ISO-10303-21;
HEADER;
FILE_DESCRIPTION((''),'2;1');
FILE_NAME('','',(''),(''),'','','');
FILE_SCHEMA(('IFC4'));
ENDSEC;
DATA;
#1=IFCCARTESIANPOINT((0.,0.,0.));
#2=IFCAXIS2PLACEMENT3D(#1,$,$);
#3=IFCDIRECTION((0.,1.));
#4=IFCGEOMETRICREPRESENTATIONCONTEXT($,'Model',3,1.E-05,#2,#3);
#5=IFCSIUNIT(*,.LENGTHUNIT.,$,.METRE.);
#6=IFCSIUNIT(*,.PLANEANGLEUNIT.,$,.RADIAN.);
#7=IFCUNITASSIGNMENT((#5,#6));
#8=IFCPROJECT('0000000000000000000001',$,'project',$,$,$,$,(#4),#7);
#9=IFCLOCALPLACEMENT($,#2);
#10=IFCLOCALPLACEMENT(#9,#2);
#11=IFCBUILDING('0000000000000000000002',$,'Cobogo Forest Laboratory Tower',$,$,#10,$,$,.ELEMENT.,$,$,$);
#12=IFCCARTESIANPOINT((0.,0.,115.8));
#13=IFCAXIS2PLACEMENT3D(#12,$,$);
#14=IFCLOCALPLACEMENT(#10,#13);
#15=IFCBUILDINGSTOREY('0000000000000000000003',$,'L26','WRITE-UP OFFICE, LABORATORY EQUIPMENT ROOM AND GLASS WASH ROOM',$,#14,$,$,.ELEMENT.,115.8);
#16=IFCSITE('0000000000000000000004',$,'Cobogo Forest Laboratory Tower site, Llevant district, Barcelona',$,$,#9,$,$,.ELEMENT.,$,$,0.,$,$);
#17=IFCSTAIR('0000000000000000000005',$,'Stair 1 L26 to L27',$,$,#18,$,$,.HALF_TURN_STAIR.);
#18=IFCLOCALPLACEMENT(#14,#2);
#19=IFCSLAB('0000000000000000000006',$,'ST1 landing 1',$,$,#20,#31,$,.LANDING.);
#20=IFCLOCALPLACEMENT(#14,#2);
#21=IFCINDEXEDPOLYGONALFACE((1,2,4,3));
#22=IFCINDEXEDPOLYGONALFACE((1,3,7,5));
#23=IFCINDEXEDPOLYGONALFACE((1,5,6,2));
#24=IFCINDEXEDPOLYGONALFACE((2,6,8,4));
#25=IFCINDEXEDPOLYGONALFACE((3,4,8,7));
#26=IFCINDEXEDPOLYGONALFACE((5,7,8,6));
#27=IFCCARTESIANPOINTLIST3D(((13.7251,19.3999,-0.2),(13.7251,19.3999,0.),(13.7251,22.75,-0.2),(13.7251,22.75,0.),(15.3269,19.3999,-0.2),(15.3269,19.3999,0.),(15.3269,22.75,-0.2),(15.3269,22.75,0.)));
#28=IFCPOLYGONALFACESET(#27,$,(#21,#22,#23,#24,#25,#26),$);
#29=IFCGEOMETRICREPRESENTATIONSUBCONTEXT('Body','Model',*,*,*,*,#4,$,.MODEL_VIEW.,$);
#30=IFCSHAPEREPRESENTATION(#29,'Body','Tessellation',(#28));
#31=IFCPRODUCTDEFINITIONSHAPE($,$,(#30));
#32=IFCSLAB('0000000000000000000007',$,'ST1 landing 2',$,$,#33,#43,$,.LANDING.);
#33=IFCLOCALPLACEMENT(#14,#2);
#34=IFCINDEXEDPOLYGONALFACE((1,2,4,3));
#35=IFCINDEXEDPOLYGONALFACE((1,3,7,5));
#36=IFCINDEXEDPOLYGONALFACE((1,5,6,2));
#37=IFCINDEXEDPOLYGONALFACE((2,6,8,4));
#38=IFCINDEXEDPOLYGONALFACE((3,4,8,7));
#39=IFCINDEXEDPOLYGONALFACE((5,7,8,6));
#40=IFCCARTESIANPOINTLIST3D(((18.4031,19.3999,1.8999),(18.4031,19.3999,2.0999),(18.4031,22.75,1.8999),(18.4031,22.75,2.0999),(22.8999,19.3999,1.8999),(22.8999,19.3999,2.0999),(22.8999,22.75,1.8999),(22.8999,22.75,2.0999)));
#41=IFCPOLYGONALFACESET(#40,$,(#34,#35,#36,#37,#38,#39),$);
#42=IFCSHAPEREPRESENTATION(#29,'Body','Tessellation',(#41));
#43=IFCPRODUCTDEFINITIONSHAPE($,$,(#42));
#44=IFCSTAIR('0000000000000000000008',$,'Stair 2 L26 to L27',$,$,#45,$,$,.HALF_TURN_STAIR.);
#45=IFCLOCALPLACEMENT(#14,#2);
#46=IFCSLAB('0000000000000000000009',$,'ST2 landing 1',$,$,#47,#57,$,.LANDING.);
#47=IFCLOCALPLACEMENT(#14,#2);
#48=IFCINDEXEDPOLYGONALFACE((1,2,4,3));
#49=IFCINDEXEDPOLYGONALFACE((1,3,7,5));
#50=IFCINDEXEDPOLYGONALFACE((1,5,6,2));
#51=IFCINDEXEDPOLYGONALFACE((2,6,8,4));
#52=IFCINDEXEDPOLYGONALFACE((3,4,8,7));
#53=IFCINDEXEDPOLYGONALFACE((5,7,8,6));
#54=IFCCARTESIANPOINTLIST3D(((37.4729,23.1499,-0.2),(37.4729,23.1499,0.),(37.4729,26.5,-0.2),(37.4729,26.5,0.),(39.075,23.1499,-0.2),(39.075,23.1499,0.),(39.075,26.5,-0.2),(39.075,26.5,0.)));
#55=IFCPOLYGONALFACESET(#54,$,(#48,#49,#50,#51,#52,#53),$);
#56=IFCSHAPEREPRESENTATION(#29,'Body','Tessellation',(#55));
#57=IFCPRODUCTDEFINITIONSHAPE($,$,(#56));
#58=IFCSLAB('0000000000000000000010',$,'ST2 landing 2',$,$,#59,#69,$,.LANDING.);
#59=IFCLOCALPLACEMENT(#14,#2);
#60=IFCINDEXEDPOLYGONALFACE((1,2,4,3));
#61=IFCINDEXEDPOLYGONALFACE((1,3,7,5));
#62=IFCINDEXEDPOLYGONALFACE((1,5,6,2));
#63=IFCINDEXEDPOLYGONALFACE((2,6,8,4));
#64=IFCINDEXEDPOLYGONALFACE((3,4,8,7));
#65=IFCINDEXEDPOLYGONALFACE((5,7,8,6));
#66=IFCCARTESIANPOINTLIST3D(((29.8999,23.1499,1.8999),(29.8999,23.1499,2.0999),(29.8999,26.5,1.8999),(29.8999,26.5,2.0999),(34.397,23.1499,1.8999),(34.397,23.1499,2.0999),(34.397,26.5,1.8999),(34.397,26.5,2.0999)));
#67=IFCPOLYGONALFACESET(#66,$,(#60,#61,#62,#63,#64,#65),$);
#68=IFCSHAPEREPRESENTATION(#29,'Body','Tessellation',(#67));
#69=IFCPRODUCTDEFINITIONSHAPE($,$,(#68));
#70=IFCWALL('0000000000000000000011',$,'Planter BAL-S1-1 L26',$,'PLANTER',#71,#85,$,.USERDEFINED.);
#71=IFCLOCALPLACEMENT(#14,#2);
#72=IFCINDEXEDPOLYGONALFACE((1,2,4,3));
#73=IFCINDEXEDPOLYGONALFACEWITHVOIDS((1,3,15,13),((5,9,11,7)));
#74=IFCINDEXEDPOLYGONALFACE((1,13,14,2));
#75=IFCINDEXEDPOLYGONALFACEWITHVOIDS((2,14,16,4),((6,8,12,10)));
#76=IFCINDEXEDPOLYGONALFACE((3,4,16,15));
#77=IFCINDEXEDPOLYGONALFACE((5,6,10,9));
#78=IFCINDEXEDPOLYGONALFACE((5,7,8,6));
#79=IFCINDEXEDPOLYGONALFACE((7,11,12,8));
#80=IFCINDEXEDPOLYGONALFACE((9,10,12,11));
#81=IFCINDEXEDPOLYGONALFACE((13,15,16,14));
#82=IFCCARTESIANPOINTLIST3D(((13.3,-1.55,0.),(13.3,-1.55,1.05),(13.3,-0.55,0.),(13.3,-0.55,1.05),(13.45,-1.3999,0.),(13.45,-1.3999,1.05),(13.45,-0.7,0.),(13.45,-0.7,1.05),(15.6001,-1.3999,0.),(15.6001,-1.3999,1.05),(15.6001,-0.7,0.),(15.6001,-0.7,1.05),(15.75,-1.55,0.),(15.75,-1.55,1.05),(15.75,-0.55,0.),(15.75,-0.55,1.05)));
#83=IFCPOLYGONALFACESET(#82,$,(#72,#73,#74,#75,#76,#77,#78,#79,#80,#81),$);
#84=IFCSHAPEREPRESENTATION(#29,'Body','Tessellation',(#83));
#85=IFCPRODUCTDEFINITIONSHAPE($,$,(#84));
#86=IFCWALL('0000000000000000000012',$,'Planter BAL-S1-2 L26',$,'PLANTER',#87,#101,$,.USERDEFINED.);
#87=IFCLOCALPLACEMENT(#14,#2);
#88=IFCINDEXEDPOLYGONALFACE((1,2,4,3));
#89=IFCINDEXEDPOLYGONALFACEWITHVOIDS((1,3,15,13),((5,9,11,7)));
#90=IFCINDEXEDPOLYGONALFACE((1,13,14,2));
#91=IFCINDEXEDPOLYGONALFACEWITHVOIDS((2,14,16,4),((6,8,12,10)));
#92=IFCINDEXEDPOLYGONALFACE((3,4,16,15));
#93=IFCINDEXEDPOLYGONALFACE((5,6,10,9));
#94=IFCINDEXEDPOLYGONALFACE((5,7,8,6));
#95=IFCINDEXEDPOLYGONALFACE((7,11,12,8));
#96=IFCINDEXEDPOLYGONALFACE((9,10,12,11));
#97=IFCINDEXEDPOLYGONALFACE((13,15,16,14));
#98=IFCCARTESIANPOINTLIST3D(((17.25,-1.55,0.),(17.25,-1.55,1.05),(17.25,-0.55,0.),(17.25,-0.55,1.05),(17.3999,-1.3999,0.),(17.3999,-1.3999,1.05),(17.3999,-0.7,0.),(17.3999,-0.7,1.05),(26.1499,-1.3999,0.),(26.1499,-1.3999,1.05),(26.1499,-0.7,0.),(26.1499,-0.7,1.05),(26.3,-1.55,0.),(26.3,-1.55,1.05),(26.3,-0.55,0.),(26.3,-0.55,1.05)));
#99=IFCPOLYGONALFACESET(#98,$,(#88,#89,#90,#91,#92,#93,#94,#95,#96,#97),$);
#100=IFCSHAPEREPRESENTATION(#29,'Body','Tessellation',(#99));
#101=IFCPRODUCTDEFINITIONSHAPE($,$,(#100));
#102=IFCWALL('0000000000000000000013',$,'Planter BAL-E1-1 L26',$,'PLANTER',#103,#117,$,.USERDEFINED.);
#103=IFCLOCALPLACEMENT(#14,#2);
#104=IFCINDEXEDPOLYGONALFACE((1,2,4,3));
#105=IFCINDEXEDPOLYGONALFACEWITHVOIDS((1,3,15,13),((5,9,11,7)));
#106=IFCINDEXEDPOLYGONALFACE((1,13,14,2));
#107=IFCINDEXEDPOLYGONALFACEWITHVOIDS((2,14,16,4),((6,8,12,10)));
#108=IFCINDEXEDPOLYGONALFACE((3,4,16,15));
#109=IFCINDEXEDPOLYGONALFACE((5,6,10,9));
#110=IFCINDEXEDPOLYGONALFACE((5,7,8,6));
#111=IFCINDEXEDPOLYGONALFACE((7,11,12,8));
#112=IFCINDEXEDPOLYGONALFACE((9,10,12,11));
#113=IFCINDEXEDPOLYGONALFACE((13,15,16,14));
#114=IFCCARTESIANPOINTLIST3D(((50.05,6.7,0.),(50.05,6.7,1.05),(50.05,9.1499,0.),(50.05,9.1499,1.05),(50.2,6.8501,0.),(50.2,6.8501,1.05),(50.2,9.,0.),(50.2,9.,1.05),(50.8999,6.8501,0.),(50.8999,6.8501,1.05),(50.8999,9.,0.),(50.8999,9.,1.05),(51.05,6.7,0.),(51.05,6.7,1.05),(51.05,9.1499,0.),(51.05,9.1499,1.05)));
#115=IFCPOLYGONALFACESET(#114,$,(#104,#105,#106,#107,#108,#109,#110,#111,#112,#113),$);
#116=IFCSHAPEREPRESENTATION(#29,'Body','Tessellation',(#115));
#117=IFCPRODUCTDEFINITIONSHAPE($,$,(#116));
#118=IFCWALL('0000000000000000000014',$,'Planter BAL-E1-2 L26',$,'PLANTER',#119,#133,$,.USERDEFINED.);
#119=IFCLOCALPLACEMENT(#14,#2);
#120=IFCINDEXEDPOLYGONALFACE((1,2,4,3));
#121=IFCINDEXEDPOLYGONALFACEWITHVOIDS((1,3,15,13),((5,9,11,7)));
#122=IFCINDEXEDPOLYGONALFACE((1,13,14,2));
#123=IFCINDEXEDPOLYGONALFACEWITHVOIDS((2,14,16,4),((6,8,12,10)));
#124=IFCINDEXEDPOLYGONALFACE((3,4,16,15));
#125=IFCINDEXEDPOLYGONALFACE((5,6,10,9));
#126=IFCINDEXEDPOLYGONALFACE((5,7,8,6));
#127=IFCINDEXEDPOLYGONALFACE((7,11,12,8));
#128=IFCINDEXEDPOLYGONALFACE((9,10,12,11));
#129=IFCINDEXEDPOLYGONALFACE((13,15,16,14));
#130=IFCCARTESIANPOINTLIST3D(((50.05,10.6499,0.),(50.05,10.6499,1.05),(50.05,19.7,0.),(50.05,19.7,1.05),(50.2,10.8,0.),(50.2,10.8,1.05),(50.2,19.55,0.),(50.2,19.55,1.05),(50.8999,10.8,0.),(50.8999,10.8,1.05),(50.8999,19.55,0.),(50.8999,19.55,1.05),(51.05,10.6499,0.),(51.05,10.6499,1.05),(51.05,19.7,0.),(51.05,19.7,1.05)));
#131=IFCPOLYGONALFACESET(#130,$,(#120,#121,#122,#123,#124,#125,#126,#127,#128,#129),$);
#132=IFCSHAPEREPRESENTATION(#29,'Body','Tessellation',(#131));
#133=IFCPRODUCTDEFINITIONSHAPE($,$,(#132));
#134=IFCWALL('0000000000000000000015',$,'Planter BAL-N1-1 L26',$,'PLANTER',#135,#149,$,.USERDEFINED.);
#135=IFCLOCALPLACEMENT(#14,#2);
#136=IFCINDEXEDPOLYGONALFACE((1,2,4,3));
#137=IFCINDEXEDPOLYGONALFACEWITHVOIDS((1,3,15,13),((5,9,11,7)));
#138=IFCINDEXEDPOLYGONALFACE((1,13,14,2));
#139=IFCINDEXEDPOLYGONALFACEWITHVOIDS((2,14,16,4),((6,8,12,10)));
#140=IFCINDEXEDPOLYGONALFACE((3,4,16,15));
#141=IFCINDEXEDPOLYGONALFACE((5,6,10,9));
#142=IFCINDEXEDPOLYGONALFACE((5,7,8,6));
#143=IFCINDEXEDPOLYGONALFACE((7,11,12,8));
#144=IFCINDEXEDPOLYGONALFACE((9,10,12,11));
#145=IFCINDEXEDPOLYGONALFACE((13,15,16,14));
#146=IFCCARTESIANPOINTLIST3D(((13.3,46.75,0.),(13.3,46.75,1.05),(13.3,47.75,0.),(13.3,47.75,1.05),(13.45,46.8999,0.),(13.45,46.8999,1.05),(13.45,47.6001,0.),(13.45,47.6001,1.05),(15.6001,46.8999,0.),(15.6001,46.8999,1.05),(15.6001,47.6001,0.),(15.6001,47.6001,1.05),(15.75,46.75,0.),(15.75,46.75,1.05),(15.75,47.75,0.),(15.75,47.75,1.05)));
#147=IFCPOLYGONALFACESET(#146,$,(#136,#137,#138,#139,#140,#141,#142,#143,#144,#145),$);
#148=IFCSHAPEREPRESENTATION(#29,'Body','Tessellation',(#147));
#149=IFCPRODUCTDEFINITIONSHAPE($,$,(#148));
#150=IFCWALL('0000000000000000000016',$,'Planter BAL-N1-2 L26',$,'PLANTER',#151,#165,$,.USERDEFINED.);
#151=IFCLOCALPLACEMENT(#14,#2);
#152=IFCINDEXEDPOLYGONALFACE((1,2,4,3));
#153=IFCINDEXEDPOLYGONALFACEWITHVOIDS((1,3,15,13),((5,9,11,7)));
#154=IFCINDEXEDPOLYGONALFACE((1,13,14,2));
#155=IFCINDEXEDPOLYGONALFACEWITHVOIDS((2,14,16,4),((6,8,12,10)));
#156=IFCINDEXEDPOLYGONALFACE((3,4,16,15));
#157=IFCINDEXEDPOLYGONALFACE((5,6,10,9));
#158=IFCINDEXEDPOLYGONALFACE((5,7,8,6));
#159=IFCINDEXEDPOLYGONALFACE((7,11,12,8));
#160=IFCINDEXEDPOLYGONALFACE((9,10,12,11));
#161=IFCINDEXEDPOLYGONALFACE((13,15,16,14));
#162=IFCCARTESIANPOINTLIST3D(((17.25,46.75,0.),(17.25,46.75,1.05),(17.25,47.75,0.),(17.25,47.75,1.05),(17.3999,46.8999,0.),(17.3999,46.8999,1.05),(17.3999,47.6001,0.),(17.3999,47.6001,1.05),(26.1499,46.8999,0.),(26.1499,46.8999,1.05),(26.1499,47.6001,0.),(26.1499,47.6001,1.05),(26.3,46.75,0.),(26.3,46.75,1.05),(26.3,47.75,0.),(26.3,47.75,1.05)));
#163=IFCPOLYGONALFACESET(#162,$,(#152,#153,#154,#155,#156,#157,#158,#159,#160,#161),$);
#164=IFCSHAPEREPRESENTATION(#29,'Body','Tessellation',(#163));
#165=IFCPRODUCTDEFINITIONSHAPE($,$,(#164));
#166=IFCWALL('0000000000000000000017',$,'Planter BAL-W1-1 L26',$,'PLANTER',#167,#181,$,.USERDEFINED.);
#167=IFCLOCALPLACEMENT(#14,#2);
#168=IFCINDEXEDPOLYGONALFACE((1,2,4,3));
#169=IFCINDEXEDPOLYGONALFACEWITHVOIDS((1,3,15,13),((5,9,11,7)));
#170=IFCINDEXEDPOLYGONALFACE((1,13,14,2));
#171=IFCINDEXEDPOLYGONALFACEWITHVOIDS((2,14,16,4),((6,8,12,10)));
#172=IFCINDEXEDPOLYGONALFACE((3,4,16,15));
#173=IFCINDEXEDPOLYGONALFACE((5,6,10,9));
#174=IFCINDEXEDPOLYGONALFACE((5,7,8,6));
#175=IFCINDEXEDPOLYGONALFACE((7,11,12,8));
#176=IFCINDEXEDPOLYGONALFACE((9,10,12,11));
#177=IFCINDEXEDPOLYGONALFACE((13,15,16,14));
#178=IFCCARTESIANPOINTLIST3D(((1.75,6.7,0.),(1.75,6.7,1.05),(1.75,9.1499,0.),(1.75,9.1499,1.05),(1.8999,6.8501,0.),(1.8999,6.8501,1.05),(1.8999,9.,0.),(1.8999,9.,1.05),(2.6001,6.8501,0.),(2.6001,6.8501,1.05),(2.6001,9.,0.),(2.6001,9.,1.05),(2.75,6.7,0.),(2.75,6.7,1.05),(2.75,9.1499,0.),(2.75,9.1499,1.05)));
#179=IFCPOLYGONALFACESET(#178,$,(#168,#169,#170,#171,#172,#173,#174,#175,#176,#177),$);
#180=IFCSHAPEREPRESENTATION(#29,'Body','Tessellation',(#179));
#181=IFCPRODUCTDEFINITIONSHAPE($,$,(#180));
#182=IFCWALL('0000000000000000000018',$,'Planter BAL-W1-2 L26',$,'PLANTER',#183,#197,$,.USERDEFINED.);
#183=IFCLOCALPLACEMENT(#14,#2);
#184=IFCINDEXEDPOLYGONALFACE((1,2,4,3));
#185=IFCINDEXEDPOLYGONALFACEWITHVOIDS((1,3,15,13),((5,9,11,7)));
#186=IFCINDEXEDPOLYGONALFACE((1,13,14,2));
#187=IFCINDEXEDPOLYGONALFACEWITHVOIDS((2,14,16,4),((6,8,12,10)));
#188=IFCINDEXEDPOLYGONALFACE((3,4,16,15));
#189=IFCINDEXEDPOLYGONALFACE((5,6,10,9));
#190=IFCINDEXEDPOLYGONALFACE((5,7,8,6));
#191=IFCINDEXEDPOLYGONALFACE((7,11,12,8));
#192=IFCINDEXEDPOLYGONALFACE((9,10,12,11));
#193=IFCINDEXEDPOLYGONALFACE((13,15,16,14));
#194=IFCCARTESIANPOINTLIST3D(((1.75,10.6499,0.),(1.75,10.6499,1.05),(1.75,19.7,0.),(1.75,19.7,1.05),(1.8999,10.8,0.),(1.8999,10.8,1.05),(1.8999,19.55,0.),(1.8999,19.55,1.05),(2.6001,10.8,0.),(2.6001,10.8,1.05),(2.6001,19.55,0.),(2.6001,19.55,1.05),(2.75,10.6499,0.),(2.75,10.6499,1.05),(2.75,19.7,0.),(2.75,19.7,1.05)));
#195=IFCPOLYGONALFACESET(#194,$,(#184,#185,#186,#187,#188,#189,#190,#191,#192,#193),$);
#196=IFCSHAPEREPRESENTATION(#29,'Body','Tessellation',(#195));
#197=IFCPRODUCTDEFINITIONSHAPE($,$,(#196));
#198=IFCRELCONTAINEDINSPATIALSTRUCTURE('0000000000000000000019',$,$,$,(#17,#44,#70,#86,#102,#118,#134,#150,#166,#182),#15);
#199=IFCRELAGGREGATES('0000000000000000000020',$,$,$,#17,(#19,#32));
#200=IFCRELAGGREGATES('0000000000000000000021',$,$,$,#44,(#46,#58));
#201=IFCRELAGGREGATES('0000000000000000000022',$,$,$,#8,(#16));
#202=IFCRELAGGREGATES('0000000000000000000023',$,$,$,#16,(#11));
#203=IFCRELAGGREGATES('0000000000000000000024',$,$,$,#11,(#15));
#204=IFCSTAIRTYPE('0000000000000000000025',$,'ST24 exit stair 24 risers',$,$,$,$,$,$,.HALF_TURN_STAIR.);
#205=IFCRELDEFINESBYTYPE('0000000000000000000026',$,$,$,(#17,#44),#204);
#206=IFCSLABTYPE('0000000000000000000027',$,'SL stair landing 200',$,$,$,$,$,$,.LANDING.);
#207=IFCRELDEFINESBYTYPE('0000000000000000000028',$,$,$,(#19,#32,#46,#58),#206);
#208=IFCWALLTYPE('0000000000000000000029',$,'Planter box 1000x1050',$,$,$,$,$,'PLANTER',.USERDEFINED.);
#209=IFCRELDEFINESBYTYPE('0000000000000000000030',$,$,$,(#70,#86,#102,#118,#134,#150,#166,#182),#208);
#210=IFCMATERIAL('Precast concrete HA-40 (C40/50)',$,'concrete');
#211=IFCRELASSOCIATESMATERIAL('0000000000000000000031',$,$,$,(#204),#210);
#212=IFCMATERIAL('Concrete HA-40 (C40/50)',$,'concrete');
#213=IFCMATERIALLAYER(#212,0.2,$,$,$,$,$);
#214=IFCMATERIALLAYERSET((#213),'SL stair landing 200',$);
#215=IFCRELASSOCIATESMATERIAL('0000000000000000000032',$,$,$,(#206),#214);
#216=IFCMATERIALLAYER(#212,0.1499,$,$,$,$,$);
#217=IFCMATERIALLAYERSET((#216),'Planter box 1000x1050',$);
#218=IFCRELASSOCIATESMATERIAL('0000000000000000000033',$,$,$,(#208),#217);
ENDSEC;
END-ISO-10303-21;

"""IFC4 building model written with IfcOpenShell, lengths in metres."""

from ifc_helpers import new_model, si_unit, direction, frame, origin, place, context, subcontext, project, spatial, polyline, outline, extrude, material, layer, layer_set, type_object, element, aggregate, save


model = new_model("IFC4")

# Units and contexts
model_context = context("Model", 3, precision=1e-05, world=origin(), true_north=direction((0.0, 1.0)))
body_context = subcontext(model_context, "Body", "Model", "MODEL_VIEW")
ifc_project = project(units=[si_unit("LENGTHUNIT", "METRE"), si_unit("PLANEANGLEUNIT", "RADIAN")], contexts=[model_context])

# Site, building, storey
site_placement = place(None, origin())
site = spatial("IfcSite", under=ifc_project, at=site_placement, Name="Cobogo Forest Laboratory Tower site, Llevant district, Barcelona", CompositionType="ELEMENT", RefElevation=0.0)
building_placement = place(site_placement, origin())
building = spatial("IfcBuilding", under=site, at=building_placement, Name="Cobogo Forest Laboratory Tower", CompositionType="ELEMENT")
storey_placement = place(building_placement, frame((0.0, 0.0, 115.8)))
storey = spatial("IfcBuildingStorey", under=building, at=storey_placement, Name="L26", Description="WRITE-UP OFFICE, LABORATORY EQUIPMENT ROOM AND GLASS WASH ROOM", CompositionType="ELEMENT", Elevation=115.8)

# Shared definitions
ifc_material_1 = material(Name="Concrete HA-40 (C40/50)", Category="concrete")

# Stairs, slabs
ifc_material_2 = material(Name="Precast concrete HA-40 (C40/50)", Category="concrete")
stair_type = type_object("IfcStairType", Name="ST24 exit stair 24 risers", PredefinedType="HALF_TURN_STAIR", material=ifc_material_2)
stair_1_placement = place(storey_placement, origin())
stair_1 = element("IfcStair", 1, at=stair_1_placement, inside=storey, type_object=stair_type, Name="Stair 1 L26 to L27", PredefinedType="HALF_TURN_STAIR")
ifc_layer_1 = layer(ifc_material_1, 0.2)
ifc_layer_set_1 = layer_set([ifc_layer_1], Name="SL stair landing 200")
slab_type_1 = type_object("IfcSlabType", Name="SL stair landing 200", PredefinedType="LANDING", material=ifc_layer_set_1)
slab_1_placement = place(storey_placement, frame((0.0, 0.0, -0.2)))
slab_1 = element("IfcSlab", 2, at=slab_1_placement, type_object=slab_type_1, Name="ST1 landing 1", PredefinedType="LANDING", context=body_context, shape_type="SweptSolid", body=[
    extrude(outline(polyline([(13.7251, 19.3999), (15.3269, 19.3999), (15.3269, 22.75), (13.7251, 22.75), (13.7251, 19.3999)])), origin(), (0.0, 0.0, 1.0), 0.2),
])
slab_2_placement = place(storey_placement, frame((0.0, 0.0, 1.8999)))
slab_2 = element("IfcSlab", 3, at=slab_2_placement, type_object=slab_type_1, Name="ST1 landing 2", PredefinedType="LANDING", context=body_context, shape_type="SweptSolid", body=[
    extrude(outline(polyline([(18.4031, 19.3999), (22.8999, 19.3999), (22.8999, 22.75), (18.4031, 22.75), (18.4031, 19.3999)])), origin(), (0.0, 0.0, 1.0), 0.2),
])
aggregate(stair_1, [slab_1, slab_2])
stair_2_placement = place(storey_placement, origin())
stair_2 = element("IfcStair", 4, at=stair_2_placement, inside=storey, type_object=stair_type, Name="Stair 2 L26 to L27", PredefinedType="HALF_TURN_STAIR")
slab_3_placement = place(storey_placement, frame((0.0, 0.0, -0.2)))
slab_3 = element("IfcSlab", 5, at=slab_3_placement, type_object=slab_type_1, Name="ST2 landing 1", PredefinedType="LANDING", context=body_context, shape_type="SweptSolid", body=[
    extrude(outline(polyline([(37.4729, 23.1499), (39.075, 23.1499), (39.075, 26.5), (37.4729, 26.5), (37.4729, 23.1499)])), origin(), (0.0, 0.0, 1.0), 0.2),
])
slab_4_placement = place(storey_placement, frame((0.0, 0.0, 1.8999)))
slab_4 = element("IfcSlab", 6, at=slab_4_placement, type_object=slab_type_1, Name="ST2 landing 2", PredefinedType="LANDING", context=body_context, shape_type="SweptSolid", body=[
    extrude(outline(polyline([(29.8999, 23.1499), (34.397, 23.1499), (34.397, 26.5), (29.8999, 26.5), (29.8999, 23.1499)])), origin(), (0.0, 0.0, 1.0), 0.2),
])
aggregate(stair_2, [slab_3, slab_4])

# Walls
ifc_layer_2 = layer(ifc_material_1, 0.1499)
ifc_layer_set_2 = layer_set([ifc_layer_2], Name="Planter box 1000x1050")
wall_type = type_object("IfcWallType", Name="Planter box 1000x1050", ElementType="PLANTER", PredefinedType="USERDEFINED", material=ifc_layer_set_2)
wall_1_placement = place(storey_placement, origin())
element("IfcWall", 7, at=wall_1_placement, inside=storey, type_object=wall_type, Name="Planter BAL-S1-1 L26", ObjectType="PLANTER", PredefinedType="USERDEFINED", context=body_context, shape_type="SweptSolid", body=[
    extrude(outline(polyline([(13.3, -1.55), (15.75, -1.55), (15.75, -0.55), (13.3, -0.55), (13.3, -1.55)]), holes=[polyline([(13.45, -1.3999), (15.6001, -1.3999), (15.6001, -0.7), (13.45, -0.7), (13.45, -1.3999)])]), origin(), (0.0, 0.0, 1.0), 1.05),
])
wall_2_placement = place(storey_placement, origin())
element("IfcWall", 8, at=wall_2_placement, inside=storey, type_object=wall_type, Name="Planter BAL-S1-2 L26", ObjectType="PLANTER", PredefinedType="USERDEFINED", context=body_context, shape_type="SweptSolid", body=[
    extrude(outline(polyline([(17.25, -1.55), (26.3, -1.55), (26.3, -0.55), (17.25, -0.55), (17.25, -1.55)]), holes=[polyline([(17.3999, -1.3999), (26.1499, -1.3999), (26.1499, -0.7), (17.3999, -0.7), (17.3999, -1.3999)])]), origin(), (0.0, 0.0, 1.0), 1.05),
])
wall_3_placement = place(storey_placement, origin())
element("IfcWall", 9, at=wall_3_placement, inside=storey, type_object=wall_type, Name="Planter BAL-E1-1 L26", ObjectType="PLANTER", PredefinedType="USERDEFINED", context=body_context, shape_type="SweptSolid", body=[
    extrude(outline(polyline([(50.05, 6.7), (51.05, 6.7), (51.05, 9.1499), (50.05, 9.1499), (50.05, 6.7)]), holes=[polyline([(50.2, 6.8501), (50.8999, 6.8501), (50.8999, 9.0), (50.2, 9.0), (50.2, 6.8501)])]), origin(), (0.0, 0.0, 1.0), 1.05),
])
wall_4_placement = place(storey_placement, origin())
element("IfcWall", 10, at=wall_4_placement, inside=storey, type_object=wall_type, Name="Planter BAL-E1-2 L26", ObjectType="PLANTER", PredefinedType="USERDEFINED", context=body_context, shape_type="SweptSolid", body=[
    extrude(outline(polyline([(50.05, 10.6499), (51.05, 10.6499), (51.05, 19.7), (50.05, 19.7), (50.05, 10.6499)]), holes=[polyline([(50.2, 10.8), (50.8999, 10.8), (50.8999, 19.55), (50.2, 19.55), (50.2, 10.8)])]), origin(), (0.0, 0.0, 1.0), 1.05),
])
wall_5_placement = place(storey_placement, origin())
element("IfcWall", 11, at=wall_5_placement, inside=storey, type_object=wall_type, Name="Planter BAL-N1-1 L26", ObjectType="PLANTER", PredefinedType="USERDEFINED", context=body_context, shape_type="SweptSolid", body=[
    extrude(outline(polyline([(13.3, 46.75), (15.75, 46.75), (15.75, 47.75), (13.3, 47.75), (13.3, 46.75)]), holes=[polyline([(13.45, 46.8999), (15.6001, 46.8999), (15.6001, 47.6001), (13.45, 47.6001), (13.45, 46.8999)])]), origin(), (0.0, 0.0, 1.0), 1.05),
])
wall_6_placement = place(storey_placement, origin())
element("IfcWall", 12, at=wall_6_placement, inside=storey, type_object=wall_type, Name="Planter BAL-N1-2 L26", ObjectType="PLANTER", PredefinedType="USERDEFINED", context=body_context, shape_type="SweptSolid", body=[
    extrude(outline(polyline([(17.25, 46.75), (26.3, 46.75), (26.3, 47.75), (17.25, 47.75), (17.25, 46.75)]), holes=[polyline([(17.3999, 46.8999), (26.1499, 46.8999), (26.1499, 47.6001), (17.3999, 47.6001), (17.3999, 46.8999)])]), origin(), (0.0, 0.0, 1.0), 1.05),
])
wall_7_placement = place(storey_placement, origin())
element("IfcWall", 13, at=wall_7_placement, inside=storey, type_object=wall_type, Name="Planter BAL-W1-1 L26", ObjectType="PLANTER", PredefinedType="USERDEFINED", context=body_context, shape_type="SweptSolid", body=[
    extrude(outline(polyline([(1.75, 6.7), (2.75, 6.7), (2.75, 9.1499), (1.75, 9.1499), (1.75, 6.7)]), holes=[polyline([(1.8999, 6.8501), (2.6001, 6.8501), (2.6001, 9.0), (1.8999, 9.0), (1.8999, 6.8501)])]), origin(), (0.0, 0.0, 1.0), 1.05),
])
wall_8_placement = place(storey_placement, origin())
element("IfcWall", 14, at=wall_8_placement, inside=storey, type_object=wall_type, Name="Planter BAL-W1-2 L26", ObjectType="PLANTER", PredefinedType="USERDEFINED", context=body_context, shape_type="SweptSolid", body=[
    extrude(outline(polyline([(1.75, 10.6499), (2.75, 10.6499), (2.75, 19.7), (1.75, 19.7), (1.75, 10.6499)]), holes=[polyline([(1.8999, 10.8), (2.6001, 10.8), (2.6001, 19.55), (1.8999, 19.55), (1.8999, 10.8)])]), origin(), (0.0, 0.0, 1.0), 1.05),
])

save(model, "model.ifc")
